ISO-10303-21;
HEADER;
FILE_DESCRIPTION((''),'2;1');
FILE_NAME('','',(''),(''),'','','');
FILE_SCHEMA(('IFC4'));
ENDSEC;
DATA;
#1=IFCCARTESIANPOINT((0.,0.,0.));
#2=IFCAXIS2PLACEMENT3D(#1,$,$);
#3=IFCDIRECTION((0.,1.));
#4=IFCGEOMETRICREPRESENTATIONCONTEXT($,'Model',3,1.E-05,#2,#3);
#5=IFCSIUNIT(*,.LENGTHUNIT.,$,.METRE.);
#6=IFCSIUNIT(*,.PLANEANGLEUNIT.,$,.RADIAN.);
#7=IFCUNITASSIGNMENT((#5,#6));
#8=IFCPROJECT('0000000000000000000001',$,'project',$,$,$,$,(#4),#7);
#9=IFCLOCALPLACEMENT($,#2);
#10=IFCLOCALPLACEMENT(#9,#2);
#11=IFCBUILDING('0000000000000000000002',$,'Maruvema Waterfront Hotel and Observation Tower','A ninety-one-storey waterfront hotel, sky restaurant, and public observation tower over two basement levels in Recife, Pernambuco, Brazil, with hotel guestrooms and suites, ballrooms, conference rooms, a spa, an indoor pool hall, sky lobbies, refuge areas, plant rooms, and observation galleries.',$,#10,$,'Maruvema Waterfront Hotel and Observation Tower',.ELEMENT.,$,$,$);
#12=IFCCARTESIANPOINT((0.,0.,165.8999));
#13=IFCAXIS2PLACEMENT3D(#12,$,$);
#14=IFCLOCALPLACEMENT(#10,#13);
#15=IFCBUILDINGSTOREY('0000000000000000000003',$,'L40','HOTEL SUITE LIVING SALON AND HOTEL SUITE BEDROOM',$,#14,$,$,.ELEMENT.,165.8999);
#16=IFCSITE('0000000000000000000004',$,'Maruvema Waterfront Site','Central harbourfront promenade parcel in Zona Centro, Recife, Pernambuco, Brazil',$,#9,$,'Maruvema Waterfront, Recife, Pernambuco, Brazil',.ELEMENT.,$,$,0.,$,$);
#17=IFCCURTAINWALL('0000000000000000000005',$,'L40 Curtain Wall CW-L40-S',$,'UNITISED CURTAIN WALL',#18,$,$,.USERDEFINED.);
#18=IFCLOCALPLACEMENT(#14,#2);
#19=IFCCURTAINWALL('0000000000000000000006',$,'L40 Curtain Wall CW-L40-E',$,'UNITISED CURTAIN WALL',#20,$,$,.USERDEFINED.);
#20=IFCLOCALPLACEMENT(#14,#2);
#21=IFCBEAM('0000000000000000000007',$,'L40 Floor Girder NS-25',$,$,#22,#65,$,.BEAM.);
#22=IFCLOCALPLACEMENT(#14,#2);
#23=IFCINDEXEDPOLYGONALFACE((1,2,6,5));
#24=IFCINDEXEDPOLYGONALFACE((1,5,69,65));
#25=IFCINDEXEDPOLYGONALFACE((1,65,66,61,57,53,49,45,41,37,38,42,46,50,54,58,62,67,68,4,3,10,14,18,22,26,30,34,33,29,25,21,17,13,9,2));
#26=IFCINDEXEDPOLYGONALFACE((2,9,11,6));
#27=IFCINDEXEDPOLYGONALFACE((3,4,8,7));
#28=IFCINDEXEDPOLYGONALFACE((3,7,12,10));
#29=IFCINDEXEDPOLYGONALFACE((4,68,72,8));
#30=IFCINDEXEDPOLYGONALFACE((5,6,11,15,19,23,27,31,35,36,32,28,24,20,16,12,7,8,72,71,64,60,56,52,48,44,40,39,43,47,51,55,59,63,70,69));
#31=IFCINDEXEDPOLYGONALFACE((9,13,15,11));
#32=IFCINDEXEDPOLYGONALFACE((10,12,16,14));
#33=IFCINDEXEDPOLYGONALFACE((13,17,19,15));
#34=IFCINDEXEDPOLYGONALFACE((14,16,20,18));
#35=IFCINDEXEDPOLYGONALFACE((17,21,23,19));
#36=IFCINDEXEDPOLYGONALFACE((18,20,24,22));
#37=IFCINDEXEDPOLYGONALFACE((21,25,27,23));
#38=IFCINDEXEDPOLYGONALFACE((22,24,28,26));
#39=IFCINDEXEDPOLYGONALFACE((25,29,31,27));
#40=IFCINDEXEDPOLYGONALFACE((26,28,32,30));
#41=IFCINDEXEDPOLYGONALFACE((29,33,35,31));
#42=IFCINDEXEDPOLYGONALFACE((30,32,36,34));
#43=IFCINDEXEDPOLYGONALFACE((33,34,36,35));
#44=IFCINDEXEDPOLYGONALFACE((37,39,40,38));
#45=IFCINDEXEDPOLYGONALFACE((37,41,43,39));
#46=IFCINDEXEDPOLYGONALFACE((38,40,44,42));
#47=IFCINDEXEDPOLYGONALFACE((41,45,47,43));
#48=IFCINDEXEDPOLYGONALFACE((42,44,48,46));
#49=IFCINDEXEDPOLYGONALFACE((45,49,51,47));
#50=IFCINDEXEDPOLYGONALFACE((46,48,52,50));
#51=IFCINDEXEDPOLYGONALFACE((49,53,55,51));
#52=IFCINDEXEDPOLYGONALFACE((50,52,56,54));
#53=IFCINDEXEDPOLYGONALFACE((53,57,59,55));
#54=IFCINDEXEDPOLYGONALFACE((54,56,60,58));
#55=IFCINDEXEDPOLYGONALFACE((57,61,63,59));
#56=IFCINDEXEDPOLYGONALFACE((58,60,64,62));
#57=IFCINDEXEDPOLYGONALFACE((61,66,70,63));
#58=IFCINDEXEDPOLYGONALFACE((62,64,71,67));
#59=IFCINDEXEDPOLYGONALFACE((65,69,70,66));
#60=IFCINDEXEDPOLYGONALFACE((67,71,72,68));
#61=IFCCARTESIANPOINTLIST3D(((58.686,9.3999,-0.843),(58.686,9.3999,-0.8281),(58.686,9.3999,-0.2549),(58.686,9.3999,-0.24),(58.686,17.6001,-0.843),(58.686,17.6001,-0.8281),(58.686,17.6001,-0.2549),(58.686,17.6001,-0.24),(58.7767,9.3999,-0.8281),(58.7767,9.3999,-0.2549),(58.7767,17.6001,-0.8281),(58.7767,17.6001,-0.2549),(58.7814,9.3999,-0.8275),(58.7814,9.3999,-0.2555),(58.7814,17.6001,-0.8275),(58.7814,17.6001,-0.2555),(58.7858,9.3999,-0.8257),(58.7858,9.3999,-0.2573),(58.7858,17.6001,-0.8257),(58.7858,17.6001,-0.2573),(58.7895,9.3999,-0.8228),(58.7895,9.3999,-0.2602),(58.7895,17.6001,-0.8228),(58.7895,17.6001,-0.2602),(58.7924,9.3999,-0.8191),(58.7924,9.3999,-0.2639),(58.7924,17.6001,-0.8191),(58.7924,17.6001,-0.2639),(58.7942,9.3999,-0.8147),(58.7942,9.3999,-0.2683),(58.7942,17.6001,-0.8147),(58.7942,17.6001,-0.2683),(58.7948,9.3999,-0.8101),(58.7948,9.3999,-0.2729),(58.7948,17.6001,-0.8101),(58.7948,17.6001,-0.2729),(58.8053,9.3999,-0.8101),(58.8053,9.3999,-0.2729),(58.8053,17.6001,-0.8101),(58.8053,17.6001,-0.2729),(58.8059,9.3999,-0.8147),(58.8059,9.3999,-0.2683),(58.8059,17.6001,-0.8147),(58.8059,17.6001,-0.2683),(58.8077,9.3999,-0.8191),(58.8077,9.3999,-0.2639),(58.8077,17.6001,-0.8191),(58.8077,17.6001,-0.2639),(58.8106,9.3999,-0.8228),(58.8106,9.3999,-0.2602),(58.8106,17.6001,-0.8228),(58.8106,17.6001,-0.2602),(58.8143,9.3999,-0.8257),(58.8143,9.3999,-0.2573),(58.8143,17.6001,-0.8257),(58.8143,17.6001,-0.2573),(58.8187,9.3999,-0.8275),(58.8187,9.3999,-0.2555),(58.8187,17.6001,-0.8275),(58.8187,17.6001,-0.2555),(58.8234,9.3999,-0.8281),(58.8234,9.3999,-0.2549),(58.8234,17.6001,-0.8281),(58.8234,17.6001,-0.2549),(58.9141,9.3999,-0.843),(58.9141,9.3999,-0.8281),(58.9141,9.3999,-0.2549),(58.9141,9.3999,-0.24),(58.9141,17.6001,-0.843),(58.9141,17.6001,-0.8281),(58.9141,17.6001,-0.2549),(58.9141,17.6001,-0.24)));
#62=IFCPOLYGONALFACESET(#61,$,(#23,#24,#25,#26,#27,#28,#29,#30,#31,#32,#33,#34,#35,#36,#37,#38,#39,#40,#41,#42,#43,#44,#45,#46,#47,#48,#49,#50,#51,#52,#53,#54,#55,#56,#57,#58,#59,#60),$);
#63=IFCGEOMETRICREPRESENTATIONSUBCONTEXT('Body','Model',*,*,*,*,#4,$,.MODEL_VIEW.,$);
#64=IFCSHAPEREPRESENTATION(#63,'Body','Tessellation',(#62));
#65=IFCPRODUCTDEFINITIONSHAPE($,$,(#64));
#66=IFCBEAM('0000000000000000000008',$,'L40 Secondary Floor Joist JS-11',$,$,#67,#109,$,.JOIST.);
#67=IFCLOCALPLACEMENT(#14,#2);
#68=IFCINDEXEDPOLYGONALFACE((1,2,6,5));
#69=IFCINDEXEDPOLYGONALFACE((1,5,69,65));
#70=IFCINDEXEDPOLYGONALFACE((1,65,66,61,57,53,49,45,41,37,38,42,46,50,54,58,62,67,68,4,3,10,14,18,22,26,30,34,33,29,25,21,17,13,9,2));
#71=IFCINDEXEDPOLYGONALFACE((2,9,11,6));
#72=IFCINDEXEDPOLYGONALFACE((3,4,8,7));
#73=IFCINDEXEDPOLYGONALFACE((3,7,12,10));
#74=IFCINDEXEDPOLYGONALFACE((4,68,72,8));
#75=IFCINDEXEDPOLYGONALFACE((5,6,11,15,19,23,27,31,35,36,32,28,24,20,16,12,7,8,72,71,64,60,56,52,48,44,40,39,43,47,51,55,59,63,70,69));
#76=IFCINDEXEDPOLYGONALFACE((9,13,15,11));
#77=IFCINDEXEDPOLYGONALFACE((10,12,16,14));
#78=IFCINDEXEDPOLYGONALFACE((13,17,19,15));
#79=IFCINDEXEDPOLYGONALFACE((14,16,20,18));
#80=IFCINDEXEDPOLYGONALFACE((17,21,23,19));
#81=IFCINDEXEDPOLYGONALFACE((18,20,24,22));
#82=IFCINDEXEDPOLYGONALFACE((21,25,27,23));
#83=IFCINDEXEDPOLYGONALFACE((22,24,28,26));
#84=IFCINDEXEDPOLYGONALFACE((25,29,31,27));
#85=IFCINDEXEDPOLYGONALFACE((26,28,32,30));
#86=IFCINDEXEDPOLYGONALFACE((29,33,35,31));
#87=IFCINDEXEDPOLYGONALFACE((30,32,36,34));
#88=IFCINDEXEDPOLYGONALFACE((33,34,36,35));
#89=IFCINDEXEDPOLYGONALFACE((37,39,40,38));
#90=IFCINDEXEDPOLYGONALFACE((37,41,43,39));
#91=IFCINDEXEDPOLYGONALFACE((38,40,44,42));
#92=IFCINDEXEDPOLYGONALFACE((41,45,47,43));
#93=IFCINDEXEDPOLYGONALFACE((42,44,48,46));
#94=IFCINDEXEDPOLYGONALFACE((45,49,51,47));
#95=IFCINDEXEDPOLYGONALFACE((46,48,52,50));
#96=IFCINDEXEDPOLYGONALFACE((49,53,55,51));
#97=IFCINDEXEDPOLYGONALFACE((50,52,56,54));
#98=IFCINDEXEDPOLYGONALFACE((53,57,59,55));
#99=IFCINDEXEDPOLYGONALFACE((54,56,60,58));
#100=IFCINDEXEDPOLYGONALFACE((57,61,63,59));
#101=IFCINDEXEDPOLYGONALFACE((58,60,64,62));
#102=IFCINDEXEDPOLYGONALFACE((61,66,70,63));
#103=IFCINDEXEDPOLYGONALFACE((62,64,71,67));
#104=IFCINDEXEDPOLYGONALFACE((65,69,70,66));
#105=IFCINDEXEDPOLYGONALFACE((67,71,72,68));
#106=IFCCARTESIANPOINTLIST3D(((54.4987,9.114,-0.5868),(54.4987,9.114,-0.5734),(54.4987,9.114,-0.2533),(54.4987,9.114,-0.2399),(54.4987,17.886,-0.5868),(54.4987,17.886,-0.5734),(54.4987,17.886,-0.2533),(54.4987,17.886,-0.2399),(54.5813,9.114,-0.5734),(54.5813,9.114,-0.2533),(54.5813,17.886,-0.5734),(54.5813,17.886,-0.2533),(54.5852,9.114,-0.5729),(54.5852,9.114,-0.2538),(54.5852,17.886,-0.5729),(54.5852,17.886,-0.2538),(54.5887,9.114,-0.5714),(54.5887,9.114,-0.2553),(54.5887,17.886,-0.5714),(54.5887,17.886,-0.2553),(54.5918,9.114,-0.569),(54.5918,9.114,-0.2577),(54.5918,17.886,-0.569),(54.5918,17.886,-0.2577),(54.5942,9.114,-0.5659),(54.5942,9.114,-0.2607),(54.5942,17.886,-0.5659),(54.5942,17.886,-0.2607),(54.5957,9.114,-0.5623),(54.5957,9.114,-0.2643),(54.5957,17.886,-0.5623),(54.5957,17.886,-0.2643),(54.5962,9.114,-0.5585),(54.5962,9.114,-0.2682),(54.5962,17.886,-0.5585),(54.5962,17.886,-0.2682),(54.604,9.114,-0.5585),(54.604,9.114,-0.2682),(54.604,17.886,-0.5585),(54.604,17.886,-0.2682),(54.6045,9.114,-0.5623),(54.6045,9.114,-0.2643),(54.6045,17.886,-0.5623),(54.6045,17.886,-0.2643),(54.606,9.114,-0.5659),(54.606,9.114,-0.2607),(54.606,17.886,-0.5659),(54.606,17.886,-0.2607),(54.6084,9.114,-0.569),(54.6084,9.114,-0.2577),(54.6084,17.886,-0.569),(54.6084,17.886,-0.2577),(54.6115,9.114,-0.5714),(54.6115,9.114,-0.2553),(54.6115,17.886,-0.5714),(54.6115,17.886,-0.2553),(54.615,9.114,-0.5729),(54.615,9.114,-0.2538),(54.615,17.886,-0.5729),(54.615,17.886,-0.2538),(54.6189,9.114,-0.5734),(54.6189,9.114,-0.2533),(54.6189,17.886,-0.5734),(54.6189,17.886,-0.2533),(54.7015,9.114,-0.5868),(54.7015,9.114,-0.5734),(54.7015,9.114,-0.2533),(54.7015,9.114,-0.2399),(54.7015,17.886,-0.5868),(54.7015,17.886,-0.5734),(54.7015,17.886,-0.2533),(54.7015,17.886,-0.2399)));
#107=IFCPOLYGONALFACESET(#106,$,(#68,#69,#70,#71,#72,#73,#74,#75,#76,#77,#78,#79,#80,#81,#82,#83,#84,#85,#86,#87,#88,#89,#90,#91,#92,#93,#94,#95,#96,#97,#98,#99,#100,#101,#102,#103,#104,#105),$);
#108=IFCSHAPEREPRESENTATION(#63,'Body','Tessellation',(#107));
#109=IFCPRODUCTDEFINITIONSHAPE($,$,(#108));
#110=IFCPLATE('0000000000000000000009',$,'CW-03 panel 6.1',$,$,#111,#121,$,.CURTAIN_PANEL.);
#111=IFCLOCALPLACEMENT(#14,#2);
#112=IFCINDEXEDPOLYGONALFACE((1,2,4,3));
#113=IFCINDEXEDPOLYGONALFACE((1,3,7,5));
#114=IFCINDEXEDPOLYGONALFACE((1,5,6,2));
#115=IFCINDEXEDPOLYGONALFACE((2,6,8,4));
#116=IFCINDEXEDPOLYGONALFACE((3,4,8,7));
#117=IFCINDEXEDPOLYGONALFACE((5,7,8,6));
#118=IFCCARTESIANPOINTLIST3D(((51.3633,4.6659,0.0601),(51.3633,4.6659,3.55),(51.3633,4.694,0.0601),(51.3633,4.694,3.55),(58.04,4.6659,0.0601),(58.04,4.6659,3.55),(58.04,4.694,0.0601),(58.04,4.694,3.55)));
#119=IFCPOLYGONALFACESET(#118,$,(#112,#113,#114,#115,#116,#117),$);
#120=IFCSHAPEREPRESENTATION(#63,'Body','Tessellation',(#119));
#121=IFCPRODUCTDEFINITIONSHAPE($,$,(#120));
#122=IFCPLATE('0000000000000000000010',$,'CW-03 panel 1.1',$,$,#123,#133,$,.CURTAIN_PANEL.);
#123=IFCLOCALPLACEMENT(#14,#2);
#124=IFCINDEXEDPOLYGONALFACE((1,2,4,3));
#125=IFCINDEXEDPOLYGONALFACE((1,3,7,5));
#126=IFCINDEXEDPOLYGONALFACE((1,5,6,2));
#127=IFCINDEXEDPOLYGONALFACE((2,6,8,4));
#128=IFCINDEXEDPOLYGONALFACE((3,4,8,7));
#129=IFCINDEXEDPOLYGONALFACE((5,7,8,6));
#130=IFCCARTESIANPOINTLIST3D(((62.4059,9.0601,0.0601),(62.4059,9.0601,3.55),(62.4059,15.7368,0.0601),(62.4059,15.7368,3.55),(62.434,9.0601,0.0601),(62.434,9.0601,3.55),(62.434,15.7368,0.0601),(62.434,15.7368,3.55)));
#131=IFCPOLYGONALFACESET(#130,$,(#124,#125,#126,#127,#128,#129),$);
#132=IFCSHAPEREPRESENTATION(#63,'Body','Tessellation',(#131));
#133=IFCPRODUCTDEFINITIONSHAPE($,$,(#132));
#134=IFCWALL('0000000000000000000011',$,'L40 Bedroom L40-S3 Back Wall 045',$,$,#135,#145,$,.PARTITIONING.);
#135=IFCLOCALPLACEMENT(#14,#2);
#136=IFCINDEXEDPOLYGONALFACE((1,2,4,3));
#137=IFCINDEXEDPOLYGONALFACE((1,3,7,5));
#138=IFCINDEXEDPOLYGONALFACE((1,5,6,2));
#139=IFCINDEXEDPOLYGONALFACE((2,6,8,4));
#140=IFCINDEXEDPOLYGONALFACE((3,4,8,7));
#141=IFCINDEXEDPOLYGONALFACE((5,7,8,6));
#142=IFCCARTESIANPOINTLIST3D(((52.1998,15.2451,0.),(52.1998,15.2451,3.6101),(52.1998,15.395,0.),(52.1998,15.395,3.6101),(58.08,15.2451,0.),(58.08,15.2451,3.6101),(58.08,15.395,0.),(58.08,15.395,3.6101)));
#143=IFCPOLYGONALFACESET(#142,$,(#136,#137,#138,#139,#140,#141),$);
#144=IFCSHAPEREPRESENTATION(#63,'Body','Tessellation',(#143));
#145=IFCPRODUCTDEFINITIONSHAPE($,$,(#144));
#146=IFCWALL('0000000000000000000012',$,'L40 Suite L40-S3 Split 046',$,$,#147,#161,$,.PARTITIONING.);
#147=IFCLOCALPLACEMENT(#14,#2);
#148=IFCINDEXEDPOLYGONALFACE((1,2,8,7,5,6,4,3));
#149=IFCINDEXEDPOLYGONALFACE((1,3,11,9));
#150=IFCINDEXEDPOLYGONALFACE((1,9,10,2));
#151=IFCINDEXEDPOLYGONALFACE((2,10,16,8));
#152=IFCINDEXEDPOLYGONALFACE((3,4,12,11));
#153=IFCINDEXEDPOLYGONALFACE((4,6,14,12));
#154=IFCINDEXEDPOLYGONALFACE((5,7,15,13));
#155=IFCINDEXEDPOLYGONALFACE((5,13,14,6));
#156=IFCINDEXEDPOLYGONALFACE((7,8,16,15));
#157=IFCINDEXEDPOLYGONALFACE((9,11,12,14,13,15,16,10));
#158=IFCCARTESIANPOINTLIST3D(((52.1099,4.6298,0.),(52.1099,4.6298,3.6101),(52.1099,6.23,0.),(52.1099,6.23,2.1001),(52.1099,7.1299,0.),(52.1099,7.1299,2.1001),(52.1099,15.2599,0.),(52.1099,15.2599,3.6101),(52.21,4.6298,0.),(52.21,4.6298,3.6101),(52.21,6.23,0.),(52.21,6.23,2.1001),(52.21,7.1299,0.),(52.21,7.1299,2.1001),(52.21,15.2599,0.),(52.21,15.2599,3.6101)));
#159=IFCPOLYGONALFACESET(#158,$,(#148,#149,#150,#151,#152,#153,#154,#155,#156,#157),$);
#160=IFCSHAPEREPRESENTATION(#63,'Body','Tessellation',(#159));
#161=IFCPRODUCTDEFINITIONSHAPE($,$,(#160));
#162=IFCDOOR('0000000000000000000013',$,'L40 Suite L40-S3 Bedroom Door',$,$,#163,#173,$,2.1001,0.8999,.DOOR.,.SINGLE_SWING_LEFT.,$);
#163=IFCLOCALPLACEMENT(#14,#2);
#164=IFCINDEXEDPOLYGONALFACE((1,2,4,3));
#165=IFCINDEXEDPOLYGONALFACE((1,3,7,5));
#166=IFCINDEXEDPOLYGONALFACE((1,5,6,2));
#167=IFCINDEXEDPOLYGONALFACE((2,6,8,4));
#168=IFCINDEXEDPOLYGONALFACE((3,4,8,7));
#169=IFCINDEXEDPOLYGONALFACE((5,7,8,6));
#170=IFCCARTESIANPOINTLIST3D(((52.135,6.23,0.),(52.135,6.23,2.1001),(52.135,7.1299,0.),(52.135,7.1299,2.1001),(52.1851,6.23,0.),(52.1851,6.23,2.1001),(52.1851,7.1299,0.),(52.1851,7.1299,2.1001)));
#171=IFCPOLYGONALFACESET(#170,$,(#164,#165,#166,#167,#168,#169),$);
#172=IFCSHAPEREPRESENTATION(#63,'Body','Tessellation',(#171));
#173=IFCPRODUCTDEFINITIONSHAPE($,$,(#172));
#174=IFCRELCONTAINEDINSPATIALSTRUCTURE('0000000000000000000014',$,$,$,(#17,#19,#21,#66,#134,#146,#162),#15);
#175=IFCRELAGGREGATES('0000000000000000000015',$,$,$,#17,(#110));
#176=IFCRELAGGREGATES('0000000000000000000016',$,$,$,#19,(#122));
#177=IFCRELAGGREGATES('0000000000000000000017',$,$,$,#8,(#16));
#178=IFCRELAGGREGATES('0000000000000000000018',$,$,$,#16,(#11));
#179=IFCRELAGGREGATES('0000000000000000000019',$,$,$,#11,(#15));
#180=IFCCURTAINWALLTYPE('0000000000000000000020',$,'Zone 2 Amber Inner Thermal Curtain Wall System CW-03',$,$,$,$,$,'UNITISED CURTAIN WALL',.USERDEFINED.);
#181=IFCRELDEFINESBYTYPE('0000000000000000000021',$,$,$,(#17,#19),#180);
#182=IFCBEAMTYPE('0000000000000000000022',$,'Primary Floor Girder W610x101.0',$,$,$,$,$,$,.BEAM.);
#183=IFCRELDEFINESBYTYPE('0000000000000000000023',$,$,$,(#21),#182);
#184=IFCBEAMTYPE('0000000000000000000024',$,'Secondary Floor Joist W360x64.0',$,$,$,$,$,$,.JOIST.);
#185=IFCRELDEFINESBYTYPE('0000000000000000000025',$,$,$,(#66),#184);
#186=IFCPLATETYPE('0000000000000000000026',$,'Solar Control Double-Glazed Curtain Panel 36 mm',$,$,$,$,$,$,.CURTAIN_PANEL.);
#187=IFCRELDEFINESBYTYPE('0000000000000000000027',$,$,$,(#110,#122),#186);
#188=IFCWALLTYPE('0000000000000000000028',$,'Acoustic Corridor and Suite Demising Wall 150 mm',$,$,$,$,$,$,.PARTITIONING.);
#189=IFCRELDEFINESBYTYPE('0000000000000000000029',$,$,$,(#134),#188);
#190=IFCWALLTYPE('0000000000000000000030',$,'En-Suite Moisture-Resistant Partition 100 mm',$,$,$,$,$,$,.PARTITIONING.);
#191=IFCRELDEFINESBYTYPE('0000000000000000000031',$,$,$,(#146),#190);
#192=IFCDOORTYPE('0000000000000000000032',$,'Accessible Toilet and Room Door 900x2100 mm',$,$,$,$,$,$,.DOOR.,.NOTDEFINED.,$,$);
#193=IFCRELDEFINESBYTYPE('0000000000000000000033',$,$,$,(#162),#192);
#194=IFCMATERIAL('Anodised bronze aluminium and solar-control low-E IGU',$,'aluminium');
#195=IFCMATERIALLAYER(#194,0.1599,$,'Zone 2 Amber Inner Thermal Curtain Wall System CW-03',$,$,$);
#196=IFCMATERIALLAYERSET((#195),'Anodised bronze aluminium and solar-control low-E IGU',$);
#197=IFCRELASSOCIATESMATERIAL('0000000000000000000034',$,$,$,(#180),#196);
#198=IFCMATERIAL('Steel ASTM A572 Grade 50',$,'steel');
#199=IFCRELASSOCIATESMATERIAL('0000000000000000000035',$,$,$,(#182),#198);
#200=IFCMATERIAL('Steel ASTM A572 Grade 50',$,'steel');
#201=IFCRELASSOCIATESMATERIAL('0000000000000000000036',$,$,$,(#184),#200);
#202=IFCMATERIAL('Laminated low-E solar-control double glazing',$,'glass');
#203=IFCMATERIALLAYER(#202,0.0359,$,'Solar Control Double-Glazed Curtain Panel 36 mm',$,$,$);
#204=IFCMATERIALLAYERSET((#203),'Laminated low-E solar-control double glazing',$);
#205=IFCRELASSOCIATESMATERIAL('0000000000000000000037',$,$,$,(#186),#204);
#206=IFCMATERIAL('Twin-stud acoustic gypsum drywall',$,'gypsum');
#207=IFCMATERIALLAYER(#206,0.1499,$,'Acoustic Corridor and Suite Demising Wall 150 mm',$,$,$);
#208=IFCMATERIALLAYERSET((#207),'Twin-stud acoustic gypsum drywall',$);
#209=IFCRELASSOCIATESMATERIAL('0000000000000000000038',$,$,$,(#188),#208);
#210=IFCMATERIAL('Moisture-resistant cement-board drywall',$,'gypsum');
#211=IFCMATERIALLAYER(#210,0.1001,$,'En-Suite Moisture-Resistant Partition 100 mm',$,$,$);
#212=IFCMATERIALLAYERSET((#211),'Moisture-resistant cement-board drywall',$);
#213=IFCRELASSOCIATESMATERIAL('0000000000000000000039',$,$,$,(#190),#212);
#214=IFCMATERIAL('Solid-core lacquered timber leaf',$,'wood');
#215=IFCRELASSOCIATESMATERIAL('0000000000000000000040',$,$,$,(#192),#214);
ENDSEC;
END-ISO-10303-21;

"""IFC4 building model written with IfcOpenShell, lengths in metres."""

from ifc_helpers import new_model, si_unit, direction, frame, frame_2d, origin, origin_2d, place, context, subcontext, project, spatial, rectangle, i_section, extrude, material, layer, layer_set, material_profile, profile_set, type_object, element, fill, aggregate, save


model = new_model("IFC4")

# Units and contexts
model_context = context("Model", 3, precision=1e-05, world=origin(), true_north=direction((0.0, 1.0)))
body_context = subcontext(model_context, "Body", "Model", "MODEL_VIEW")
ifc_project = project(units=[si_unit("LENGTHUNIT", "METRE"), si_unit("PLANEANGLEUNIT", "RADIAN")], contexts=[model_context])

# Site, building, storey
site_placement = place(None, origin())
site = spatial("IfcSite", under=ifc_project, at=site_placement, Name="Maruvema Waterfront Site", Description="Central harbourfront promenade parcel in Zona Centro, Recife, Pernambuco, Brazil", LongName="Maruvema Waterfront, Recife, Pernambuco, Brazil", CompositionType="ELEMENT", RefElevation=0.0)
building_placement = place(site_placement, origin())
building = spatial("IfcBuilding", under=site, at=building_placement, Name="Maruvema Waterfront Hotel and Observation Tower", Description="A ninety-one-storey waterfront hotel, sky restaurant, and public observation tower over two basement levels in Recife, Pernambuco, Brazil, with hotel guestrooms and suites, ballrooms, conference rooms, a spa, an indoor pool hall, sky lobbies, refuge areas, plant rooms, and observation galleries.", LongName="Maruvema Waterfront Hotel and Observation Tower", CompositionType="ELEMENT")
storey_placement = place(building_placement, frame((0.0, 0.0, 165.8999)))
storey = spatial("IfcBuildingStorey", under=building, at=storey_placement, Name="L40", Description="HOTEL SUITE LIVING SALON AND HOTEL SUITE BEDROOM", CompositionType="ELEMENT", Elevation=165.8999)

# Curtain walls
ifc_material_1 = material(Name="Anodised bronze aluminium and solar-control low-E IGU", Category="aluminium")
ifc_layer_1 = layer(ifc_material_1, 0.1599, Name="Zone 2 Amber Inner Thermal Curtain Wall System CW-03")
ifc_layer_set_1 = layer_set([ifc_layer_1], Name="Anodised bronze aluminium and solar-control low-E IGU")
curtain_wall_type = type_object("IfcCurtainWallType", Name="Zone 2 Amber Inner Thermal Curtain Wall System CW-03", ElementType="UNITISED CURTAIN WALL", PredefinedType="USERDEFINED", material=ifc_layer_set_1)
curtain_wall_1_placement = place(storey_placement, origin())
curtain_wall_1 = element("IfcCurtainWall", 1, at=curtain_wall_1_placement, inside=storey, type_object=curtain_wall_type, Name="L40 Curtain Wall CW-L40-S", ObjectType="UNITISED CURTAIN WALL", PredefinedType="USERDEFINED")
curtain_wall_2_placement = place(storey_placement, origin())
curtain_wall_2 = element("IfcCurtainWall", 2, at=curtain_wall_2_placement, inside=storey, type_object=curtain_wall_type, Name="L40 Curtain Wall CW-L40-E", ObjectType="UNITISED CURTAIN WALL", PredefinedType="USERDEFINED")

# Beams
ifc_material_2 = material(Name="Steel ASTM A572 Grade 50", Category="steel")
ifc_material_profile_1 = material_profile(ifc_material_2, i_section(OverallWidth=0.228, OverallDepth=0.603, WebThickness=0.0105, FlangeThickness=0.0149, FilletRadius=0.0181, at=origin_2d()), Name="W610x101.0")
ifc_profile_set_1 = profile_set([ifc_material_profile_1], Name="Steel ASTM A572 Grade 50")
beam_type_1 = type_object("IfcBeamType", Name="Primary Floor Girder W610x101.0", PredefinedType="BEAM", material=ifc_profile_set_1)
beam_1_placement = place(storey_placement, frame((58.8, 9.3999, -0.5415), z_axis=(0.0, 1.0, 0.0), x_axis=(-1.0, 0.0, 0.0)))
element("IfcBeam", 3, at=beam_1_placement, inside=storey, type_object=beam_type_1, Name="L40 Floor Girder NS-25", PredefinedType="BEAM", context=body_context, shape_type="SweptSolid", body=[
    extrude(i_section(OverallWidth=0.228, OverallDepth=0.603, WebThickness=0.0105, FlangeThickness=0.0149, FilletRadius=0.0181, at=origin_2d()), origin(), (0.0, 0.0, 1.0), 8.2002),
])
ifc_material_3 = material(Name="Steel ASTM A572 Grade 50", Category="steel")
ifc_material_profile_2 = material_profile(ifc_material_3, i_section(OverallWidth=0.2029, OverallDepth=0.3469, WebThickness=0.0078, FlangeThickness=0.0134, FilletRadius=0.0149, at=origin_2d()), Name="W360x64.0")
ifc_profile_set_2 = profile_set([ifc_material_profile_2], Name="Steel ASTM A572 Grade 50")
beam_type_2 = type_object("IfcBeamType", Name="Secondary Floor Joist W360x64.0", PredefinedType="JOIST", material=ifc_profile_set_2)
beam_2_placement = place(storey_placement, frame((54.6001, 9.114, -0.4133), z_axis=(0.0, 1.0, 0.0), x_axis=(-1.0, 0.0, 0.0)))
element("IfcBeam", 4, at=beam_2_placement, inside=storey, type_object=beam_type_2, Name="L40 Secondary Floor Joist JS-11", PredefinedType="JOIST", context=body_context, shape_type="SweptSolid", body=[
    extrude(i_section(OverallWidth=0.2029, OverallDepth=0.3469, WebThickness=0.0078, FlangeThickness=0.0134, FilletRadius=0.0149, at=origin_2d()), origin(), (0.0, 0.0, 1.0), 8.772),
])

# Plates
ifc_material_4 = material(Name="Laminated low-E solar-control double glazing", Category="glass")
ifc_layer_2 = layer(ifc_material_4, 0.0359, Name="Solar Control Double-Glazed Curtain Panel 36 mm")
ifc_layer_set_2 = layer_set([ifc_layer_2], Name="Laminated low-E solar-control double glazing")
plate_type = type_object("IfcPlateType", Name="Solar Control Double-Glazed Curtain Panel 36 mm", PredefinedType="CURTAIN_PANEL", material=ifc_layer_set_2)
plate_1_placement = place(storey_placement, frame((54.7017, 4.6799, 0.0601), z_axis=(0.0, 0.0, 1.0), x_axis=(1.0, 0.0, 0.0)))
plate_1 = element("IfcPlate", 5, at=plate_1_placement, type_object=plate_type, Name="CW-03 panel 6.1", PredefinedType="CURTAIN_PANEL", context=body_context, shape_type="SweptSolid", body=[
    extrude(rectangle(XDim=6.6768, YDim=0.0281, at=origin_2d()), origin(), (0.0, 0.0, 1.0), 3.49),
])
aggregate(curtain_wall_1, [plate_1])
plate_2_placement = place(storey_placement, frame((62.4199, 12.3984, 0.0601), z_axis=(0.0, 0.0, 1.0), x_axis=(0.0, 1.0, 0.0)))
plate_2 = element("IfcPlate", 6, at=plate_2_placement, type_object=plate_type, Name="CW-03 panel 1.1", PredefinedType="CURTAIN_PANEL", context=body_context, shape_type="SweptSolid", body=[
    extrude(rectangle(XDim=6.6768, YDim=0.0281, at=origin_2d()), origin(), (0.0, 0.0, 1.0), 3.49),
])
aggregate(curtain_wall_2, [plate_2])

# Wall
ifc_material_5 = material(Name="Twin-stud acoustic gypsum drywall", Category="gypsum")
ifc_layer_3 = layer(ifc_material_5, 0.1499, Name="Acoustic Corridor and Suite Demising Wall 150 mm")
ifc_layer_set_3 = layer_set([ifc_layer_3], Name="Twin-stud acoustic gypsum drywall")
wall_type_1 = type_object("IfcWallType", Name="Acoustic Corridor and Suite Demising Wall 150 mm", PredefinedType="PARTITIONING", material=ifc_layer_set_3)
wall_1_placement = place(storey_placement, frame((52.2, 15.3201, 0.0), z_axis=(0.0, 0.0, 1.0), x_axis=(1.0, 0.0, 0.0)))
element("IfcWall", 7, at=wall_1_placement, inside=storey, type_object=wall_type_1, Name="L40 Bedroom L40-S3 Back Wall 045", PredefinedType="PARTITIONING", context=body_context, shape_type="SweptSolid", body=[
    extrude(rectangle(XDim=5.8801, YDim=0.1499, at=frame_2d((2.9399, 0.0))), origin(), (0.0, 0.0, 1.0), 3.6101),
])

# Wall, opening, door
ifc_material_6 = material(Name="Moisture-resistant cement-board drywall", Category="gypsum")
ifc_layer_4 = layer(ifc_material_6, 0.1001, Name="En-Suite Moisture-Resistant Partition 100 mm")
ifc_layer_set_4 = layer_set([ifc_layer_4], Name="Moisture-resistant cement-board drywall")
wall_type_2 = type_object("IfcWallType", Name="En-Suite Moisture-Resistant Partition 100 mm", PredefinedType="PARTITIONING", material=ifc_layer_set_4)
wall_2_placement = place(storey_placement, frame((52.1599, 4.6299, 0.0), z_axis=(0.0, 0.0, 1.0), x_axis=(0.0, 1.0, 0.0)))
wall_2 = element("IfcWall", 8, at=wall_2_placement, inside=storey, type_object=wall_type_2, Name="L40 Suite L40-S3 Split 046", PredefinedType="PARTITIONING", context=body_context, shape_type="SweptSolid", body=[
    extrude(rectangle(XDim=10.6301, YDim=0.1001, at=frame_2d((5.3149, 0.0))), origin(), (0.0, 0.0, 1.0), 3.6101),
])
opening_placement = place(wall_2_placement, frame((1.6001, 0.0, 0.0)))
opening = element("IfcOpeningElement", 9, at=opening_placement, cuts=wall_2, PredefinedType="OPENING", context=body_context, shape_type="SweptSolid", body=[
    extrude(rectangle(XDim=0.8999, YDim=2.1001, at=frame_2d((0.45, 1.05))), frame((0.0, 0.0601, 0.0), z_axis=(0.0, -1.0, 0.0), x_axis=(1.0, 0.0, 0.0)), (0.0, 0.0, 1.0), 0.1201),
])
ifc_material_7 = material(Name="Solid-core lacquered timber leaf", Category="wood")
door_type = type_object("IfcDoorType", Name="Accessible Toilet and Room Door 900x2100 mm", OperationType="NOTDEFINED", PredefinedType="DOOR", material=ifc_material_7)
door_placement = place(opening_placement, origin())
door = element("IfcDoor", 10, at=door_placement, inside=storey, type_object=door_type, Name="L40 Suite L40-S3 Bedroom Door", OperationType="SINGLE_SWING_LEFT", OverallHeight=2.1001, OverallWidth=0.8999, PredefinedType="DOOR", context=body_context, shape_type="SweptSolid", body=[
    extrude(rectangle(XDim=0.8999, YDim=2.1001, at=frame_2d((0.45, 1.05))), frame((0.0, 0.0249, 0.0), z_axis=(0.0, -1.0, 0.0), x_axis=(1.0, 0.0, 0.0)), (0.0, 0.0, 1.0), 0.05),
])
fill(opening, door)

save(model, "model.ifc")
